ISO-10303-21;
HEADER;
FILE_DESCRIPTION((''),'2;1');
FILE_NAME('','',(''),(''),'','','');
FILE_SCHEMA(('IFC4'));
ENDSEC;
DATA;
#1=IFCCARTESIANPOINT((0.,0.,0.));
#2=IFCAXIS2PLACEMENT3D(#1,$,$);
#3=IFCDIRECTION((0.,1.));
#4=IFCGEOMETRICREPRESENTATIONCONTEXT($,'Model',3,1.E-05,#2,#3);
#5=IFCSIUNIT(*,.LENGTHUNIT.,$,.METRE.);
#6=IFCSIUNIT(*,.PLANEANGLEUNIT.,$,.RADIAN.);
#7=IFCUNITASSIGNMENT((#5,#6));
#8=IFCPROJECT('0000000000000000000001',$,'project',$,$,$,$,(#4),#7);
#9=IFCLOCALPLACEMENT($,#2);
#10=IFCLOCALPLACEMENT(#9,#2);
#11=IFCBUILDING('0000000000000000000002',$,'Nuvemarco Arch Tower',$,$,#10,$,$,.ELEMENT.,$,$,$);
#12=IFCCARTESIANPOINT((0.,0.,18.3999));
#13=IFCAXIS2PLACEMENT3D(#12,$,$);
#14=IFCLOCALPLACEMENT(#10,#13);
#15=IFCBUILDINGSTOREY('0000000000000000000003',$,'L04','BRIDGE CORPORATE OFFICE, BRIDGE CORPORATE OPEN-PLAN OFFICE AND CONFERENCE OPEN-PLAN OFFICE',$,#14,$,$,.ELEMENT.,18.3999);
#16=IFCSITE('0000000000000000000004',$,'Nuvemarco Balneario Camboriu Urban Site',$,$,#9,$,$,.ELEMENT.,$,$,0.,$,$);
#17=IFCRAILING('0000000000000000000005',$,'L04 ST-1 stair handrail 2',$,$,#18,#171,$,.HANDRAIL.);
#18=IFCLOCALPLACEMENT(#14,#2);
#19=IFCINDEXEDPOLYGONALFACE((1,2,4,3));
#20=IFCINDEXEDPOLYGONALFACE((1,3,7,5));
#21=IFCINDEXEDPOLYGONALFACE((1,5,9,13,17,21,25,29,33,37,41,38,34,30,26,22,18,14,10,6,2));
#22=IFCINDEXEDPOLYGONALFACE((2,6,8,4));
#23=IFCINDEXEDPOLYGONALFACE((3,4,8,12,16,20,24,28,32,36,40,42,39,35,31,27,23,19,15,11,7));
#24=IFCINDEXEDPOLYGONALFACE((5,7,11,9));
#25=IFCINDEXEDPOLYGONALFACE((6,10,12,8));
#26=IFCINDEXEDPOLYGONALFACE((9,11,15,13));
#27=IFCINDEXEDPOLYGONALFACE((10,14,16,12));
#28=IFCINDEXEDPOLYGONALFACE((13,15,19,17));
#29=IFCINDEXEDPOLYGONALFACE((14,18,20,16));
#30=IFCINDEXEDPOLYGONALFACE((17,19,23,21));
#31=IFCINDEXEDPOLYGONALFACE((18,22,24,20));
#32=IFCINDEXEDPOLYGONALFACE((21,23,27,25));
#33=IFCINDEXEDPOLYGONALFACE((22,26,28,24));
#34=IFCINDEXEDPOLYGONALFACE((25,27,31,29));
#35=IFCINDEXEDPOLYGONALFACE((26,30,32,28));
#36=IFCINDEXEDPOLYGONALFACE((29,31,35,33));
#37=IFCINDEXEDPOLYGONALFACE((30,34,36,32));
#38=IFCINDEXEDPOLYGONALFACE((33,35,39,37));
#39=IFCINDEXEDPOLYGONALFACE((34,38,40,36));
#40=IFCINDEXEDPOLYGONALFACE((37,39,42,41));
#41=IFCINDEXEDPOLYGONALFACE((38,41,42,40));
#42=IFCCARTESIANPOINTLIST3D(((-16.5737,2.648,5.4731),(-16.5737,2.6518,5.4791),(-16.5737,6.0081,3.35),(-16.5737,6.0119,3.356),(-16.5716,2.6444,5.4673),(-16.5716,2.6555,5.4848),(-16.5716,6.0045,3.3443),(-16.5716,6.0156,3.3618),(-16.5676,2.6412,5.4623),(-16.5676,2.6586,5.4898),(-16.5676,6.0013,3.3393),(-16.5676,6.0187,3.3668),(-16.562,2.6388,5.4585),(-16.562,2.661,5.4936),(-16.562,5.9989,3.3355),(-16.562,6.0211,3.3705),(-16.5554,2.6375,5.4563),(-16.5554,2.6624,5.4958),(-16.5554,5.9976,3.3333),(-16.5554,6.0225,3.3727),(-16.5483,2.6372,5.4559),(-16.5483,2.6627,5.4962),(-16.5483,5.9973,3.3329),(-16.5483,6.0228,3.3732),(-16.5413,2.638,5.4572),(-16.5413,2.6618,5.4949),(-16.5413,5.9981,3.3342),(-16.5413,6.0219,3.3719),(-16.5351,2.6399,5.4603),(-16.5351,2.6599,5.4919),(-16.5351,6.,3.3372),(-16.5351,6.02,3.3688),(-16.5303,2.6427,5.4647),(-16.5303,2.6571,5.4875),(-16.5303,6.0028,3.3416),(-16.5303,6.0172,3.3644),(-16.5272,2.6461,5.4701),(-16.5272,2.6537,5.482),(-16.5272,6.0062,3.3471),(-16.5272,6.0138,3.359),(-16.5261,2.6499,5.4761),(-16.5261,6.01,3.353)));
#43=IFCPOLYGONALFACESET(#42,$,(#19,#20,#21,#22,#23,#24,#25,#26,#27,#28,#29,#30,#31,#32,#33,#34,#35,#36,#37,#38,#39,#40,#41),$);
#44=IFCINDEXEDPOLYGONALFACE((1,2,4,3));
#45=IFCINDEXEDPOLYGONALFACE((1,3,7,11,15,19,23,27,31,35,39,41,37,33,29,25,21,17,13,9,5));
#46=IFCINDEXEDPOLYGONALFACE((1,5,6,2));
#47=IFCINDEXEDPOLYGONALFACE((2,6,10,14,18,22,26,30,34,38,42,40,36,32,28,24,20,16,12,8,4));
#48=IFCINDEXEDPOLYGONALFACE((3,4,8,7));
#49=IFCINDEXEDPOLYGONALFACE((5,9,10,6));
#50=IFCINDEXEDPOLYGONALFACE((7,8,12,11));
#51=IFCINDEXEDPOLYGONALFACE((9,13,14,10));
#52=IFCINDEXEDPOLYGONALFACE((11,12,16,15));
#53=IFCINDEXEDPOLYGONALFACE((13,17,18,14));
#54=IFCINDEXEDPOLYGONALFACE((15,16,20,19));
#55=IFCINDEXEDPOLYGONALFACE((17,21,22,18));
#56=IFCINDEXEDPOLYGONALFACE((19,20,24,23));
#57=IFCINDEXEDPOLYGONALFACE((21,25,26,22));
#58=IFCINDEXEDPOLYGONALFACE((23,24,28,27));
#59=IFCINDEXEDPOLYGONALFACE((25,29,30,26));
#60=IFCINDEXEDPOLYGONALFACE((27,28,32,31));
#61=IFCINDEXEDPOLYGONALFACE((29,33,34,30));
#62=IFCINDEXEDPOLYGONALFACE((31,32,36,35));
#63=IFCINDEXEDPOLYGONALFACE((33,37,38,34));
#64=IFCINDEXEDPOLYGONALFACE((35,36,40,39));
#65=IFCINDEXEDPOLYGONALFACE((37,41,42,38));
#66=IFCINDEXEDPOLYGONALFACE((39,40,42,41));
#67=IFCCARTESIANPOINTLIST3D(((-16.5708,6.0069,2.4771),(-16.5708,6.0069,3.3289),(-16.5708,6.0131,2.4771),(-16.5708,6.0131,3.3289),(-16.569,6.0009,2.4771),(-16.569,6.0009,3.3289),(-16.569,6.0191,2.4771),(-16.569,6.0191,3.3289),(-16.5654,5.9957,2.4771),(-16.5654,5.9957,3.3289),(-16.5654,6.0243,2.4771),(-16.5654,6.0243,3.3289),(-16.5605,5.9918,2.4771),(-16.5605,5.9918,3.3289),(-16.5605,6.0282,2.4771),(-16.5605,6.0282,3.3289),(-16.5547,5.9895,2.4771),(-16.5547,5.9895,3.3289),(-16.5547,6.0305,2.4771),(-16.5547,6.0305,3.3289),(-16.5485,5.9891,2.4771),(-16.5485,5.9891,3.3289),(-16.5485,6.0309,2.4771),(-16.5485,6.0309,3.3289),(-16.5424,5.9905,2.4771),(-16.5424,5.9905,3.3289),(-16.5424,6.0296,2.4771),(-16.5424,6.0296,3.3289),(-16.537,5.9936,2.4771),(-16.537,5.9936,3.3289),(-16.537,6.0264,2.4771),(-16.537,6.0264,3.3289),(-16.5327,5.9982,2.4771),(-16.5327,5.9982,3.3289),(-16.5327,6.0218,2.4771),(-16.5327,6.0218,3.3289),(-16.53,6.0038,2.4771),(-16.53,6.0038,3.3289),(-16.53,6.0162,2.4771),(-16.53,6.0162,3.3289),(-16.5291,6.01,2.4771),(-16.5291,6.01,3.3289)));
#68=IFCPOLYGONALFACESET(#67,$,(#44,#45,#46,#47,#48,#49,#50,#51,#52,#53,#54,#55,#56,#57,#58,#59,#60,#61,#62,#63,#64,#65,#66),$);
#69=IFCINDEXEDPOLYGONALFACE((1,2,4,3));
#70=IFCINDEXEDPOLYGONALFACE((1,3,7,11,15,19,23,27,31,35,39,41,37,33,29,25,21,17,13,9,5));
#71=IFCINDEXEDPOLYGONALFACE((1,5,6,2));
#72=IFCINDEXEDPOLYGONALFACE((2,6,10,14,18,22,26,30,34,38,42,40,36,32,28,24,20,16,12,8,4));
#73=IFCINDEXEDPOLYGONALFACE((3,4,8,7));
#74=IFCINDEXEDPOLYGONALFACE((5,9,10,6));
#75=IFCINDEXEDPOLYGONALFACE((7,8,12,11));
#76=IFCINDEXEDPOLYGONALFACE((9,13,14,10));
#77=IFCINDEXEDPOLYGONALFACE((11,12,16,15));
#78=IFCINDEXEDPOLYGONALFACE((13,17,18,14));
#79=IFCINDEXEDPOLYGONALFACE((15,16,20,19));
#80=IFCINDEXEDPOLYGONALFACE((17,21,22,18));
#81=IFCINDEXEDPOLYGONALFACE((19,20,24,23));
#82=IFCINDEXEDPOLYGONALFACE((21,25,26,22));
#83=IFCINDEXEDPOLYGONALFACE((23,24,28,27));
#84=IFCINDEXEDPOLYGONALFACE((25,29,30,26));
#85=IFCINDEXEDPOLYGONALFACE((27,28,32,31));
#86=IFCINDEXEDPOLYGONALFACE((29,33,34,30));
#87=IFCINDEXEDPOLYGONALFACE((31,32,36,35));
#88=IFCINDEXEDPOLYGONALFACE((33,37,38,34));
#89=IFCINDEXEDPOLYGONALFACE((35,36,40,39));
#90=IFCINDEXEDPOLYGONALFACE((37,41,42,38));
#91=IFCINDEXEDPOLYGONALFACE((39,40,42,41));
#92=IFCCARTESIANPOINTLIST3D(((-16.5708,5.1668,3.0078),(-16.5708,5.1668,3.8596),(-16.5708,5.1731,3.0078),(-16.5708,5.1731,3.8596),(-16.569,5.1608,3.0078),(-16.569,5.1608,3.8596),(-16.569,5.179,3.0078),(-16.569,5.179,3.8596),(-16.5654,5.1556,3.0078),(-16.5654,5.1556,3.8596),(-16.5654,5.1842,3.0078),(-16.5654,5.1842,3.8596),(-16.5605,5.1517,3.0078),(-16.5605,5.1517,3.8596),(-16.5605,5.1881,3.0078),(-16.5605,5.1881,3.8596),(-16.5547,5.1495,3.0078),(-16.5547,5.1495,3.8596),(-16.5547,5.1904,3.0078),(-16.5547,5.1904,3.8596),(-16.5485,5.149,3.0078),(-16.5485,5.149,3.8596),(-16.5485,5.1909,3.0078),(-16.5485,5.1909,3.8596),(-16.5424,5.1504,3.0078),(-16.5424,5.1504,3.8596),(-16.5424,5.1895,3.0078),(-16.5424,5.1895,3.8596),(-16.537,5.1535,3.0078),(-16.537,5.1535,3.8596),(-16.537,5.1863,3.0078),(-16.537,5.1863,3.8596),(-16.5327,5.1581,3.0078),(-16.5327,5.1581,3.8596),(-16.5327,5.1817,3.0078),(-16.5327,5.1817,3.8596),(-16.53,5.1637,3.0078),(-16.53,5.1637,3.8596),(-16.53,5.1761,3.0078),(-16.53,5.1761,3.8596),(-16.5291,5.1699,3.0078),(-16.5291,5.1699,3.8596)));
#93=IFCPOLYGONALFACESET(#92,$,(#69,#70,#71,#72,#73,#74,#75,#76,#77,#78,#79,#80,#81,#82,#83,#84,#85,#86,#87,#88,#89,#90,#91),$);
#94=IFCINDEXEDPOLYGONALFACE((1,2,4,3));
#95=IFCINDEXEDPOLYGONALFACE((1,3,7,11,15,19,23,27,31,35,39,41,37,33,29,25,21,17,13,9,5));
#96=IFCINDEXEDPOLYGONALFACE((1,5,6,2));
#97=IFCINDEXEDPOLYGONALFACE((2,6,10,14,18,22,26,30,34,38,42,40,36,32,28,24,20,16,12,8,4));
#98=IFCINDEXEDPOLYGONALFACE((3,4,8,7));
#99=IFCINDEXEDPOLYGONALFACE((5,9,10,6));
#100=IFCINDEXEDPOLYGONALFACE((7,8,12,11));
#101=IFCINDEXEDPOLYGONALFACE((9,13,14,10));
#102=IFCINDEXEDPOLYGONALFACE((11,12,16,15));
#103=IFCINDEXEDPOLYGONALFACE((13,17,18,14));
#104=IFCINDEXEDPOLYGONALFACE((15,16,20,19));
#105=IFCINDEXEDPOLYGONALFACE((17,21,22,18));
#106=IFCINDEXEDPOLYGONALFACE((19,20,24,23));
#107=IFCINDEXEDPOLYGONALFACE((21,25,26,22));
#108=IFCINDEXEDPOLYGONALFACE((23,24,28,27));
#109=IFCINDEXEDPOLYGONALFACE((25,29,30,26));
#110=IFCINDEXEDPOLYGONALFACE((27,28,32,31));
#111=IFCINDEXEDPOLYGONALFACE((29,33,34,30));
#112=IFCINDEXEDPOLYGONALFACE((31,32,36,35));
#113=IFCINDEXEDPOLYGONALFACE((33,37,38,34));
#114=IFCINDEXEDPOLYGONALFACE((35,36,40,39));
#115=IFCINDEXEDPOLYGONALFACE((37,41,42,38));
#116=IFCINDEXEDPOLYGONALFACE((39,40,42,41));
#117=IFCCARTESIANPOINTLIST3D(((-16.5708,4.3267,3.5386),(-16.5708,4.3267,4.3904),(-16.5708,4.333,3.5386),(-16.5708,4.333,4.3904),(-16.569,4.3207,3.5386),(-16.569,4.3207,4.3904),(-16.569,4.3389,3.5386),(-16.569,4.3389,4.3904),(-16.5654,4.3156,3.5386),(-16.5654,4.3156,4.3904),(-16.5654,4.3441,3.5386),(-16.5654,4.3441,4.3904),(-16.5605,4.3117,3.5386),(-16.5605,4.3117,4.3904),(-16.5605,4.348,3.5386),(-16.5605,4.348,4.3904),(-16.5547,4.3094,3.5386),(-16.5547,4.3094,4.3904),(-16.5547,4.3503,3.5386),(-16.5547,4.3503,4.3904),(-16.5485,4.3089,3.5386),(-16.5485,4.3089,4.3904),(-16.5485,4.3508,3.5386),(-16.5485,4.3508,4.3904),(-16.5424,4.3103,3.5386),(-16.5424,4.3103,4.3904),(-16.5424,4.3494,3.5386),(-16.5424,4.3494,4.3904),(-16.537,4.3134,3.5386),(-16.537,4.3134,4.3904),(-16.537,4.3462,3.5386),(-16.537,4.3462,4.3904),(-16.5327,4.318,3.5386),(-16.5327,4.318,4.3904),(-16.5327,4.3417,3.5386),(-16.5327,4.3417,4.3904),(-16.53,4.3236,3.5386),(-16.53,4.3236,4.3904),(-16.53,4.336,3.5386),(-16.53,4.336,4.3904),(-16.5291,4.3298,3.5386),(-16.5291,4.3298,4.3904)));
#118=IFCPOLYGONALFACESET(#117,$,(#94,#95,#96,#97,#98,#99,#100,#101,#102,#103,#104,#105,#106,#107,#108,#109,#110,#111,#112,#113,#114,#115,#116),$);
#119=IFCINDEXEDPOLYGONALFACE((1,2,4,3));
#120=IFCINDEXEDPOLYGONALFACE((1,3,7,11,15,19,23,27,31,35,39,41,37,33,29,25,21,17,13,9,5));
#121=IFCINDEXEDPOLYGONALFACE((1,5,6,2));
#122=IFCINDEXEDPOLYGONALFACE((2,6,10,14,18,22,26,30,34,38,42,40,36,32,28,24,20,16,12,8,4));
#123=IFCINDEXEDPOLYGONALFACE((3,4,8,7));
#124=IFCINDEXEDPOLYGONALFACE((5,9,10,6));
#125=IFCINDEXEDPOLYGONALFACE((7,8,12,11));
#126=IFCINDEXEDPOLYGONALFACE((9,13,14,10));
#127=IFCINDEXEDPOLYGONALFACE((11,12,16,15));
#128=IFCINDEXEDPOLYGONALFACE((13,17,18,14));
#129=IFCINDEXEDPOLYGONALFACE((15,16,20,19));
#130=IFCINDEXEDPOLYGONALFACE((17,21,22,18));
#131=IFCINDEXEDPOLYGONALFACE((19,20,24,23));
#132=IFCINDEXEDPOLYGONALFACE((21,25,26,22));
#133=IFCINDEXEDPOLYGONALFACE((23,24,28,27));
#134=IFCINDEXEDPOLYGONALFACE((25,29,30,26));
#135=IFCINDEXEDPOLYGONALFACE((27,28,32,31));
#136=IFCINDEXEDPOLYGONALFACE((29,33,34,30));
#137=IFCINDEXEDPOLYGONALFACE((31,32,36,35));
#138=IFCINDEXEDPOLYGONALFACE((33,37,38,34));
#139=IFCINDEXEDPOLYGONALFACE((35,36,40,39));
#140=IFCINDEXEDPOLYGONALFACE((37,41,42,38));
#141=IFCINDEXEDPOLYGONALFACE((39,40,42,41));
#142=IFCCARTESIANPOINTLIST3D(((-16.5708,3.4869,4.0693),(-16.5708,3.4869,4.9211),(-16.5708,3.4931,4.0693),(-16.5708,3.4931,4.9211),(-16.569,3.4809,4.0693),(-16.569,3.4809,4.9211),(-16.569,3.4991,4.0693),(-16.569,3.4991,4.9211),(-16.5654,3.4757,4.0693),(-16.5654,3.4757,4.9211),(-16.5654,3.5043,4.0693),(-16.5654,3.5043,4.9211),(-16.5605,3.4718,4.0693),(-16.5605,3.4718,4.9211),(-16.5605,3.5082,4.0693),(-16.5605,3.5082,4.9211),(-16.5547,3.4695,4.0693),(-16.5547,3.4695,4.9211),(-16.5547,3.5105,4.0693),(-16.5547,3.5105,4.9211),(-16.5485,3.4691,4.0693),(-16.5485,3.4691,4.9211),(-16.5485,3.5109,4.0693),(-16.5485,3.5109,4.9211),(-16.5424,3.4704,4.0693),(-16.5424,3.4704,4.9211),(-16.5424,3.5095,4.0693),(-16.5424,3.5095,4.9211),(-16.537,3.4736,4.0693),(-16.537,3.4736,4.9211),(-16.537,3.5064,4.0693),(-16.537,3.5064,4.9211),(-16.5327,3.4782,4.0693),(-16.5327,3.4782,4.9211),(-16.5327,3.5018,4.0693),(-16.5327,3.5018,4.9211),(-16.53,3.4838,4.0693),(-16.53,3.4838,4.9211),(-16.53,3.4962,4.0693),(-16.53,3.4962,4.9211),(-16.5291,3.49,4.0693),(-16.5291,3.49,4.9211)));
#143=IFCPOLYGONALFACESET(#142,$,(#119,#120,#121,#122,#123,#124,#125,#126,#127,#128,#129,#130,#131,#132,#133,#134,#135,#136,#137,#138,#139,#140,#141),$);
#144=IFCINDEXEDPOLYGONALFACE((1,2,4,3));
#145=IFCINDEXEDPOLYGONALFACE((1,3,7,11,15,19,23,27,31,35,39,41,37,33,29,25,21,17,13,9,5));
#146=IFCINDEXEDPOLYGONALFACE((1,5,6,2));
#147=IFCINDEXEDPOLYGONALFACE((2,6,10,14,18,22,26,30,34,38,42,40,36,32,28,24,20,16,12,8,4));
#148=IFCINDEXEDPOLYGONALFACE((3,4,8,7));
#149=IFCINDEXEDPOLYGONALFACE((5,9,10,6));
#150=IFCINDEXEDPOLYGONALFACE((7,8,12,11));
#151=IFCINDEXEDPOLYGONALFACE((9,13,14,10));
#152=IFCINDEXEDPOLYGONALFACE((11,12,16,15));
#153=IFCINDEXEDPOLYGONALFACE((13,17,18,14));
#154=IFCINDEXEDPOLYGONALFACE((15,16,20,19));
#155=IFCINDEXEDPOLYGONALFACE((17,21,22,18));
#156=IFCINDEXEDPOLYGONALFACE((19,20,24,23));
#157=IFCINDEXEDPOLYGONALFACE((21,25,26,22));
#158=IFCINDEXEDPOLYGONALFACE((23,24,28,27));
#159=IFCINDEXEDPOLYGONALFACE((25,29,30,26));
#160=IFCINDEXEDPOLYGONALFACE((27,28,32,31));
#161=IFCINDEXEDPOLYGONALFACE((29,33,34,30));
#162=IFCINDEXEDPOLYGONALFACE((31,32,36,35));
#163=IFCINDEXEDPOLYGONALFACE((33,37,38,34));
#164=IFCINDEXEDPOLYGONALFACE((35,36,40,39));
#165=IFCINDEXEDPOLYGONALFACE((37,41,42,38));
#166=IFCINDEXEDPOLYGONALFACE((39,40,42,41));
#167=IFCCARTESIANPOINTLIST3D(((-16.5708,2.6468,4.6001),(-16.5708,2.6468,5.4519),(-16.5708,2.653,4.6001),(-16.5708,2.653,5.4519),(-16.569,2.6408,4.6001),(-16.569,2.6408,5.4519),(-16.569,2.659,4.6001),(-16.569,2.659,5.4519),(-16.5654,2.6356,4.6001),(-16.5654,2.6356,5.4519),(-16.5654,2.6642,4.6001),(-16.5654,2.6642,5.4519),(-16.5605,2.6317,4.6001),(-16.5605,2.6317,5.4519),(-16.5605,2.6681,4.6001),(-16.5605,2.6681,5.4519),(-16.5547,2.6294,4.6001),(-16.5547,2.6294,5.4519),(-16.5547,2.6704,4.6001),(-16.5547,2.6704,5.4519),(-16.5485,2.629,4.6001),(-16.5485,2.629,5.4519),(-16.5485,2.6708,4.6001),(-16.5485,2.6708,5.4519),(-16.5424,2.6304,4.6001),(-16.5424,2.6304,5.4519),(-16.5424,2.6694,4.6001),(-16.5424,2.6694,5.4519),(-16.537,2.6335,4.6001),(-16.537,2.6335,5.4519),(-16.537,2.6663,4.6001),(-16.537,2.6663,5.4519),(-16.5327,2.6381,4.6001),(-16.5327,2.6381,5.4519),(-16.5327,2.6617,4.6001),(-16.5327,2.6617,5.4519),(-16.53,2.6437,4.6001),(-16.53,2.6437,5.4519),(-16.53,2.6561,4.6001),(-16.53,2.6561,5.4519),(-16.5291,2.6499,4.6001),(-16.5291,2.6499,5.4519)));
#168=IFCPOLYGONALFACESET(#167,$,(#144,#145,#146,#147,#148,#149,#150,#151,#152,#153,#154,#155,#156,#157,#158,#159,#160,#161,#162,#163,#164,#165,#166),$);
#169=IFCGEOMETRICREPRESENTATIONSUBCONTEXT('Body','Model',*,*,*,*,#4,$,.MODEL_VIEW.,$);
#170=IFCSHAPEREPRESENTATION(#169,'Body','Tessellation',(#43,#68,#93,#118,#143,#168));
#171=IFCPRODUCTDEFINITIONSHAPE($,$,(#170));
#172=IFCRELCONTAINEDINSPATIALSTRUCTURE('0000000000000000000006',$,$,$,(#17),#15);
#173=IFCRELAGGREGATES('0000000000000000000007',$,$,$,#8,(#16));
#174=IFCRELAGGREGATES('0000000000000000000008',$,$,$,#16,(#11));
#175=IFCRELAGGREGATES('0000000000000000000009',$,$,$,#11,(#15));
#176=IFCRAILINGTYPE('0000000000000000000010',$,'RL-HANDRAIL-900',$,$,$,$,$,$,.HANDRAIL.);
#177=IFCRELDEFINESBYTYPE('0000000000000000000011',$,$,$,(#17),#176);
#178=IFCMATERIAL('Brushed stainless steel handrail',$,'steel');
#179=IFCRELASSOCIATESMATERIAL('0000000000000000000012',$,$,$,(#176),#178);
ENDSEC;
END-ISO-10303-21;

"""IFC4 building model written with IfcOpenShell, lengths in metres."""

from ifc_helpers import new_model, si_unit, direction, frame, origin, origin_2d, place, context, subcontext, project, spatial, circle, extrude, material, type_object, element, save


model = new_model("IFC4")

# Units and contexts
model_context = context("Model", 3, precision=1e-05, world=origin(), true_north=direction((0.0, 1.0)))
body_context = subcontext(model_context, "Body", "Model", "MODEL_VIEW")
ifc_project = project(units=[si_unit("LENGTHUNIT", "METRE"), si_unit("PLANEANGLEUNIT", "RADIAN")], contexts=[model_context])

# Site, building, storey
site_placement = place(None, origin())
site = spatial("IfcSite", under=ifc_project, at=site_placement, Name="Nuvemarco Balneario Camboriu Urban Site", CompositionType="ELEMENT", RefElevation=0.0)
building_placement = place(site_placement, origin())
building = spatial("IfcBuilding", under=site, at=building_placement, Name="Nuvemarco Arch Tower", CompositionType="ELEMENT")
storey_placement = place(building_placement, frame((0.0, 0.0, 18.3999)))
storey = spatial("IfcBuildingStorey", under=building, at=storey_placement, Name="L04", Description="BRIDGE CORPORATE OFFICE, BRIDGE CORPORATE OPEN-PLAN OFFICE AND CONFERENCE OPEN-PLAN OFFICE", CompositionType="ELEMENT", Elevation=18.3999)

# Railing
ifc_material_1 = material(Name="Brushed stainless steel handrail", Category="steel")
railing_type_1 = type_object("IfcRailingType", Name="RL-HANDRAIL-900", PredefinedType="HANDRAIL", material=ifc_material_1)
railing_1_placement = place(storey_placement, frame((-16.55, 6.01, 2.4771)))
element("IfcRailing", 1, at=railing_1_placement, inside=storey, type_object=railing_type_1, Name="L04 ST-1 stair handrail 2", PredefinedType="HANDRAIL", context=body_context, shape_type="SweptSolid", body=[
    extrude(circle(Radius=0.0239, at=origin_2d()), frame((0.0, 0.0, 0.876), z_axis=(0.0, -0.84539, 0.53415), x_axis=(1.0, 0.0, 0.0)), (0.0, 0.0, 1.0), 3.9746),
    extrude(circle(Radius=0.021, at=origin_2d()), origin(), (0.0, 0.0, 1.0), 0.8518),
    extrude(circle(Radius=0.021, at=origin_2d()), frame((0.0, -0.8401, 0.5308)), (0.0, 0.0, 1.0), 0.8518),
    extrude(circle(Radius=0.021, at=origin_2d()), frame((0.0, -1.6802, 1.0615)), (0.0, 0.0, 1.0), 0.8518),
    extrude(circle(Radius=0.021, at=origin_2d()), frame((0.0, -2.52, 1.5923)), (0.0, 0.0, 1.0), 0.8518),
    extrude(circle(Radius=0.021, at=origin_2d()), frame((0.0, -3.3601, 2.123)), (0.0, 0.0, 1.0), 0.8518),
])

save(model, "model.ifc")
